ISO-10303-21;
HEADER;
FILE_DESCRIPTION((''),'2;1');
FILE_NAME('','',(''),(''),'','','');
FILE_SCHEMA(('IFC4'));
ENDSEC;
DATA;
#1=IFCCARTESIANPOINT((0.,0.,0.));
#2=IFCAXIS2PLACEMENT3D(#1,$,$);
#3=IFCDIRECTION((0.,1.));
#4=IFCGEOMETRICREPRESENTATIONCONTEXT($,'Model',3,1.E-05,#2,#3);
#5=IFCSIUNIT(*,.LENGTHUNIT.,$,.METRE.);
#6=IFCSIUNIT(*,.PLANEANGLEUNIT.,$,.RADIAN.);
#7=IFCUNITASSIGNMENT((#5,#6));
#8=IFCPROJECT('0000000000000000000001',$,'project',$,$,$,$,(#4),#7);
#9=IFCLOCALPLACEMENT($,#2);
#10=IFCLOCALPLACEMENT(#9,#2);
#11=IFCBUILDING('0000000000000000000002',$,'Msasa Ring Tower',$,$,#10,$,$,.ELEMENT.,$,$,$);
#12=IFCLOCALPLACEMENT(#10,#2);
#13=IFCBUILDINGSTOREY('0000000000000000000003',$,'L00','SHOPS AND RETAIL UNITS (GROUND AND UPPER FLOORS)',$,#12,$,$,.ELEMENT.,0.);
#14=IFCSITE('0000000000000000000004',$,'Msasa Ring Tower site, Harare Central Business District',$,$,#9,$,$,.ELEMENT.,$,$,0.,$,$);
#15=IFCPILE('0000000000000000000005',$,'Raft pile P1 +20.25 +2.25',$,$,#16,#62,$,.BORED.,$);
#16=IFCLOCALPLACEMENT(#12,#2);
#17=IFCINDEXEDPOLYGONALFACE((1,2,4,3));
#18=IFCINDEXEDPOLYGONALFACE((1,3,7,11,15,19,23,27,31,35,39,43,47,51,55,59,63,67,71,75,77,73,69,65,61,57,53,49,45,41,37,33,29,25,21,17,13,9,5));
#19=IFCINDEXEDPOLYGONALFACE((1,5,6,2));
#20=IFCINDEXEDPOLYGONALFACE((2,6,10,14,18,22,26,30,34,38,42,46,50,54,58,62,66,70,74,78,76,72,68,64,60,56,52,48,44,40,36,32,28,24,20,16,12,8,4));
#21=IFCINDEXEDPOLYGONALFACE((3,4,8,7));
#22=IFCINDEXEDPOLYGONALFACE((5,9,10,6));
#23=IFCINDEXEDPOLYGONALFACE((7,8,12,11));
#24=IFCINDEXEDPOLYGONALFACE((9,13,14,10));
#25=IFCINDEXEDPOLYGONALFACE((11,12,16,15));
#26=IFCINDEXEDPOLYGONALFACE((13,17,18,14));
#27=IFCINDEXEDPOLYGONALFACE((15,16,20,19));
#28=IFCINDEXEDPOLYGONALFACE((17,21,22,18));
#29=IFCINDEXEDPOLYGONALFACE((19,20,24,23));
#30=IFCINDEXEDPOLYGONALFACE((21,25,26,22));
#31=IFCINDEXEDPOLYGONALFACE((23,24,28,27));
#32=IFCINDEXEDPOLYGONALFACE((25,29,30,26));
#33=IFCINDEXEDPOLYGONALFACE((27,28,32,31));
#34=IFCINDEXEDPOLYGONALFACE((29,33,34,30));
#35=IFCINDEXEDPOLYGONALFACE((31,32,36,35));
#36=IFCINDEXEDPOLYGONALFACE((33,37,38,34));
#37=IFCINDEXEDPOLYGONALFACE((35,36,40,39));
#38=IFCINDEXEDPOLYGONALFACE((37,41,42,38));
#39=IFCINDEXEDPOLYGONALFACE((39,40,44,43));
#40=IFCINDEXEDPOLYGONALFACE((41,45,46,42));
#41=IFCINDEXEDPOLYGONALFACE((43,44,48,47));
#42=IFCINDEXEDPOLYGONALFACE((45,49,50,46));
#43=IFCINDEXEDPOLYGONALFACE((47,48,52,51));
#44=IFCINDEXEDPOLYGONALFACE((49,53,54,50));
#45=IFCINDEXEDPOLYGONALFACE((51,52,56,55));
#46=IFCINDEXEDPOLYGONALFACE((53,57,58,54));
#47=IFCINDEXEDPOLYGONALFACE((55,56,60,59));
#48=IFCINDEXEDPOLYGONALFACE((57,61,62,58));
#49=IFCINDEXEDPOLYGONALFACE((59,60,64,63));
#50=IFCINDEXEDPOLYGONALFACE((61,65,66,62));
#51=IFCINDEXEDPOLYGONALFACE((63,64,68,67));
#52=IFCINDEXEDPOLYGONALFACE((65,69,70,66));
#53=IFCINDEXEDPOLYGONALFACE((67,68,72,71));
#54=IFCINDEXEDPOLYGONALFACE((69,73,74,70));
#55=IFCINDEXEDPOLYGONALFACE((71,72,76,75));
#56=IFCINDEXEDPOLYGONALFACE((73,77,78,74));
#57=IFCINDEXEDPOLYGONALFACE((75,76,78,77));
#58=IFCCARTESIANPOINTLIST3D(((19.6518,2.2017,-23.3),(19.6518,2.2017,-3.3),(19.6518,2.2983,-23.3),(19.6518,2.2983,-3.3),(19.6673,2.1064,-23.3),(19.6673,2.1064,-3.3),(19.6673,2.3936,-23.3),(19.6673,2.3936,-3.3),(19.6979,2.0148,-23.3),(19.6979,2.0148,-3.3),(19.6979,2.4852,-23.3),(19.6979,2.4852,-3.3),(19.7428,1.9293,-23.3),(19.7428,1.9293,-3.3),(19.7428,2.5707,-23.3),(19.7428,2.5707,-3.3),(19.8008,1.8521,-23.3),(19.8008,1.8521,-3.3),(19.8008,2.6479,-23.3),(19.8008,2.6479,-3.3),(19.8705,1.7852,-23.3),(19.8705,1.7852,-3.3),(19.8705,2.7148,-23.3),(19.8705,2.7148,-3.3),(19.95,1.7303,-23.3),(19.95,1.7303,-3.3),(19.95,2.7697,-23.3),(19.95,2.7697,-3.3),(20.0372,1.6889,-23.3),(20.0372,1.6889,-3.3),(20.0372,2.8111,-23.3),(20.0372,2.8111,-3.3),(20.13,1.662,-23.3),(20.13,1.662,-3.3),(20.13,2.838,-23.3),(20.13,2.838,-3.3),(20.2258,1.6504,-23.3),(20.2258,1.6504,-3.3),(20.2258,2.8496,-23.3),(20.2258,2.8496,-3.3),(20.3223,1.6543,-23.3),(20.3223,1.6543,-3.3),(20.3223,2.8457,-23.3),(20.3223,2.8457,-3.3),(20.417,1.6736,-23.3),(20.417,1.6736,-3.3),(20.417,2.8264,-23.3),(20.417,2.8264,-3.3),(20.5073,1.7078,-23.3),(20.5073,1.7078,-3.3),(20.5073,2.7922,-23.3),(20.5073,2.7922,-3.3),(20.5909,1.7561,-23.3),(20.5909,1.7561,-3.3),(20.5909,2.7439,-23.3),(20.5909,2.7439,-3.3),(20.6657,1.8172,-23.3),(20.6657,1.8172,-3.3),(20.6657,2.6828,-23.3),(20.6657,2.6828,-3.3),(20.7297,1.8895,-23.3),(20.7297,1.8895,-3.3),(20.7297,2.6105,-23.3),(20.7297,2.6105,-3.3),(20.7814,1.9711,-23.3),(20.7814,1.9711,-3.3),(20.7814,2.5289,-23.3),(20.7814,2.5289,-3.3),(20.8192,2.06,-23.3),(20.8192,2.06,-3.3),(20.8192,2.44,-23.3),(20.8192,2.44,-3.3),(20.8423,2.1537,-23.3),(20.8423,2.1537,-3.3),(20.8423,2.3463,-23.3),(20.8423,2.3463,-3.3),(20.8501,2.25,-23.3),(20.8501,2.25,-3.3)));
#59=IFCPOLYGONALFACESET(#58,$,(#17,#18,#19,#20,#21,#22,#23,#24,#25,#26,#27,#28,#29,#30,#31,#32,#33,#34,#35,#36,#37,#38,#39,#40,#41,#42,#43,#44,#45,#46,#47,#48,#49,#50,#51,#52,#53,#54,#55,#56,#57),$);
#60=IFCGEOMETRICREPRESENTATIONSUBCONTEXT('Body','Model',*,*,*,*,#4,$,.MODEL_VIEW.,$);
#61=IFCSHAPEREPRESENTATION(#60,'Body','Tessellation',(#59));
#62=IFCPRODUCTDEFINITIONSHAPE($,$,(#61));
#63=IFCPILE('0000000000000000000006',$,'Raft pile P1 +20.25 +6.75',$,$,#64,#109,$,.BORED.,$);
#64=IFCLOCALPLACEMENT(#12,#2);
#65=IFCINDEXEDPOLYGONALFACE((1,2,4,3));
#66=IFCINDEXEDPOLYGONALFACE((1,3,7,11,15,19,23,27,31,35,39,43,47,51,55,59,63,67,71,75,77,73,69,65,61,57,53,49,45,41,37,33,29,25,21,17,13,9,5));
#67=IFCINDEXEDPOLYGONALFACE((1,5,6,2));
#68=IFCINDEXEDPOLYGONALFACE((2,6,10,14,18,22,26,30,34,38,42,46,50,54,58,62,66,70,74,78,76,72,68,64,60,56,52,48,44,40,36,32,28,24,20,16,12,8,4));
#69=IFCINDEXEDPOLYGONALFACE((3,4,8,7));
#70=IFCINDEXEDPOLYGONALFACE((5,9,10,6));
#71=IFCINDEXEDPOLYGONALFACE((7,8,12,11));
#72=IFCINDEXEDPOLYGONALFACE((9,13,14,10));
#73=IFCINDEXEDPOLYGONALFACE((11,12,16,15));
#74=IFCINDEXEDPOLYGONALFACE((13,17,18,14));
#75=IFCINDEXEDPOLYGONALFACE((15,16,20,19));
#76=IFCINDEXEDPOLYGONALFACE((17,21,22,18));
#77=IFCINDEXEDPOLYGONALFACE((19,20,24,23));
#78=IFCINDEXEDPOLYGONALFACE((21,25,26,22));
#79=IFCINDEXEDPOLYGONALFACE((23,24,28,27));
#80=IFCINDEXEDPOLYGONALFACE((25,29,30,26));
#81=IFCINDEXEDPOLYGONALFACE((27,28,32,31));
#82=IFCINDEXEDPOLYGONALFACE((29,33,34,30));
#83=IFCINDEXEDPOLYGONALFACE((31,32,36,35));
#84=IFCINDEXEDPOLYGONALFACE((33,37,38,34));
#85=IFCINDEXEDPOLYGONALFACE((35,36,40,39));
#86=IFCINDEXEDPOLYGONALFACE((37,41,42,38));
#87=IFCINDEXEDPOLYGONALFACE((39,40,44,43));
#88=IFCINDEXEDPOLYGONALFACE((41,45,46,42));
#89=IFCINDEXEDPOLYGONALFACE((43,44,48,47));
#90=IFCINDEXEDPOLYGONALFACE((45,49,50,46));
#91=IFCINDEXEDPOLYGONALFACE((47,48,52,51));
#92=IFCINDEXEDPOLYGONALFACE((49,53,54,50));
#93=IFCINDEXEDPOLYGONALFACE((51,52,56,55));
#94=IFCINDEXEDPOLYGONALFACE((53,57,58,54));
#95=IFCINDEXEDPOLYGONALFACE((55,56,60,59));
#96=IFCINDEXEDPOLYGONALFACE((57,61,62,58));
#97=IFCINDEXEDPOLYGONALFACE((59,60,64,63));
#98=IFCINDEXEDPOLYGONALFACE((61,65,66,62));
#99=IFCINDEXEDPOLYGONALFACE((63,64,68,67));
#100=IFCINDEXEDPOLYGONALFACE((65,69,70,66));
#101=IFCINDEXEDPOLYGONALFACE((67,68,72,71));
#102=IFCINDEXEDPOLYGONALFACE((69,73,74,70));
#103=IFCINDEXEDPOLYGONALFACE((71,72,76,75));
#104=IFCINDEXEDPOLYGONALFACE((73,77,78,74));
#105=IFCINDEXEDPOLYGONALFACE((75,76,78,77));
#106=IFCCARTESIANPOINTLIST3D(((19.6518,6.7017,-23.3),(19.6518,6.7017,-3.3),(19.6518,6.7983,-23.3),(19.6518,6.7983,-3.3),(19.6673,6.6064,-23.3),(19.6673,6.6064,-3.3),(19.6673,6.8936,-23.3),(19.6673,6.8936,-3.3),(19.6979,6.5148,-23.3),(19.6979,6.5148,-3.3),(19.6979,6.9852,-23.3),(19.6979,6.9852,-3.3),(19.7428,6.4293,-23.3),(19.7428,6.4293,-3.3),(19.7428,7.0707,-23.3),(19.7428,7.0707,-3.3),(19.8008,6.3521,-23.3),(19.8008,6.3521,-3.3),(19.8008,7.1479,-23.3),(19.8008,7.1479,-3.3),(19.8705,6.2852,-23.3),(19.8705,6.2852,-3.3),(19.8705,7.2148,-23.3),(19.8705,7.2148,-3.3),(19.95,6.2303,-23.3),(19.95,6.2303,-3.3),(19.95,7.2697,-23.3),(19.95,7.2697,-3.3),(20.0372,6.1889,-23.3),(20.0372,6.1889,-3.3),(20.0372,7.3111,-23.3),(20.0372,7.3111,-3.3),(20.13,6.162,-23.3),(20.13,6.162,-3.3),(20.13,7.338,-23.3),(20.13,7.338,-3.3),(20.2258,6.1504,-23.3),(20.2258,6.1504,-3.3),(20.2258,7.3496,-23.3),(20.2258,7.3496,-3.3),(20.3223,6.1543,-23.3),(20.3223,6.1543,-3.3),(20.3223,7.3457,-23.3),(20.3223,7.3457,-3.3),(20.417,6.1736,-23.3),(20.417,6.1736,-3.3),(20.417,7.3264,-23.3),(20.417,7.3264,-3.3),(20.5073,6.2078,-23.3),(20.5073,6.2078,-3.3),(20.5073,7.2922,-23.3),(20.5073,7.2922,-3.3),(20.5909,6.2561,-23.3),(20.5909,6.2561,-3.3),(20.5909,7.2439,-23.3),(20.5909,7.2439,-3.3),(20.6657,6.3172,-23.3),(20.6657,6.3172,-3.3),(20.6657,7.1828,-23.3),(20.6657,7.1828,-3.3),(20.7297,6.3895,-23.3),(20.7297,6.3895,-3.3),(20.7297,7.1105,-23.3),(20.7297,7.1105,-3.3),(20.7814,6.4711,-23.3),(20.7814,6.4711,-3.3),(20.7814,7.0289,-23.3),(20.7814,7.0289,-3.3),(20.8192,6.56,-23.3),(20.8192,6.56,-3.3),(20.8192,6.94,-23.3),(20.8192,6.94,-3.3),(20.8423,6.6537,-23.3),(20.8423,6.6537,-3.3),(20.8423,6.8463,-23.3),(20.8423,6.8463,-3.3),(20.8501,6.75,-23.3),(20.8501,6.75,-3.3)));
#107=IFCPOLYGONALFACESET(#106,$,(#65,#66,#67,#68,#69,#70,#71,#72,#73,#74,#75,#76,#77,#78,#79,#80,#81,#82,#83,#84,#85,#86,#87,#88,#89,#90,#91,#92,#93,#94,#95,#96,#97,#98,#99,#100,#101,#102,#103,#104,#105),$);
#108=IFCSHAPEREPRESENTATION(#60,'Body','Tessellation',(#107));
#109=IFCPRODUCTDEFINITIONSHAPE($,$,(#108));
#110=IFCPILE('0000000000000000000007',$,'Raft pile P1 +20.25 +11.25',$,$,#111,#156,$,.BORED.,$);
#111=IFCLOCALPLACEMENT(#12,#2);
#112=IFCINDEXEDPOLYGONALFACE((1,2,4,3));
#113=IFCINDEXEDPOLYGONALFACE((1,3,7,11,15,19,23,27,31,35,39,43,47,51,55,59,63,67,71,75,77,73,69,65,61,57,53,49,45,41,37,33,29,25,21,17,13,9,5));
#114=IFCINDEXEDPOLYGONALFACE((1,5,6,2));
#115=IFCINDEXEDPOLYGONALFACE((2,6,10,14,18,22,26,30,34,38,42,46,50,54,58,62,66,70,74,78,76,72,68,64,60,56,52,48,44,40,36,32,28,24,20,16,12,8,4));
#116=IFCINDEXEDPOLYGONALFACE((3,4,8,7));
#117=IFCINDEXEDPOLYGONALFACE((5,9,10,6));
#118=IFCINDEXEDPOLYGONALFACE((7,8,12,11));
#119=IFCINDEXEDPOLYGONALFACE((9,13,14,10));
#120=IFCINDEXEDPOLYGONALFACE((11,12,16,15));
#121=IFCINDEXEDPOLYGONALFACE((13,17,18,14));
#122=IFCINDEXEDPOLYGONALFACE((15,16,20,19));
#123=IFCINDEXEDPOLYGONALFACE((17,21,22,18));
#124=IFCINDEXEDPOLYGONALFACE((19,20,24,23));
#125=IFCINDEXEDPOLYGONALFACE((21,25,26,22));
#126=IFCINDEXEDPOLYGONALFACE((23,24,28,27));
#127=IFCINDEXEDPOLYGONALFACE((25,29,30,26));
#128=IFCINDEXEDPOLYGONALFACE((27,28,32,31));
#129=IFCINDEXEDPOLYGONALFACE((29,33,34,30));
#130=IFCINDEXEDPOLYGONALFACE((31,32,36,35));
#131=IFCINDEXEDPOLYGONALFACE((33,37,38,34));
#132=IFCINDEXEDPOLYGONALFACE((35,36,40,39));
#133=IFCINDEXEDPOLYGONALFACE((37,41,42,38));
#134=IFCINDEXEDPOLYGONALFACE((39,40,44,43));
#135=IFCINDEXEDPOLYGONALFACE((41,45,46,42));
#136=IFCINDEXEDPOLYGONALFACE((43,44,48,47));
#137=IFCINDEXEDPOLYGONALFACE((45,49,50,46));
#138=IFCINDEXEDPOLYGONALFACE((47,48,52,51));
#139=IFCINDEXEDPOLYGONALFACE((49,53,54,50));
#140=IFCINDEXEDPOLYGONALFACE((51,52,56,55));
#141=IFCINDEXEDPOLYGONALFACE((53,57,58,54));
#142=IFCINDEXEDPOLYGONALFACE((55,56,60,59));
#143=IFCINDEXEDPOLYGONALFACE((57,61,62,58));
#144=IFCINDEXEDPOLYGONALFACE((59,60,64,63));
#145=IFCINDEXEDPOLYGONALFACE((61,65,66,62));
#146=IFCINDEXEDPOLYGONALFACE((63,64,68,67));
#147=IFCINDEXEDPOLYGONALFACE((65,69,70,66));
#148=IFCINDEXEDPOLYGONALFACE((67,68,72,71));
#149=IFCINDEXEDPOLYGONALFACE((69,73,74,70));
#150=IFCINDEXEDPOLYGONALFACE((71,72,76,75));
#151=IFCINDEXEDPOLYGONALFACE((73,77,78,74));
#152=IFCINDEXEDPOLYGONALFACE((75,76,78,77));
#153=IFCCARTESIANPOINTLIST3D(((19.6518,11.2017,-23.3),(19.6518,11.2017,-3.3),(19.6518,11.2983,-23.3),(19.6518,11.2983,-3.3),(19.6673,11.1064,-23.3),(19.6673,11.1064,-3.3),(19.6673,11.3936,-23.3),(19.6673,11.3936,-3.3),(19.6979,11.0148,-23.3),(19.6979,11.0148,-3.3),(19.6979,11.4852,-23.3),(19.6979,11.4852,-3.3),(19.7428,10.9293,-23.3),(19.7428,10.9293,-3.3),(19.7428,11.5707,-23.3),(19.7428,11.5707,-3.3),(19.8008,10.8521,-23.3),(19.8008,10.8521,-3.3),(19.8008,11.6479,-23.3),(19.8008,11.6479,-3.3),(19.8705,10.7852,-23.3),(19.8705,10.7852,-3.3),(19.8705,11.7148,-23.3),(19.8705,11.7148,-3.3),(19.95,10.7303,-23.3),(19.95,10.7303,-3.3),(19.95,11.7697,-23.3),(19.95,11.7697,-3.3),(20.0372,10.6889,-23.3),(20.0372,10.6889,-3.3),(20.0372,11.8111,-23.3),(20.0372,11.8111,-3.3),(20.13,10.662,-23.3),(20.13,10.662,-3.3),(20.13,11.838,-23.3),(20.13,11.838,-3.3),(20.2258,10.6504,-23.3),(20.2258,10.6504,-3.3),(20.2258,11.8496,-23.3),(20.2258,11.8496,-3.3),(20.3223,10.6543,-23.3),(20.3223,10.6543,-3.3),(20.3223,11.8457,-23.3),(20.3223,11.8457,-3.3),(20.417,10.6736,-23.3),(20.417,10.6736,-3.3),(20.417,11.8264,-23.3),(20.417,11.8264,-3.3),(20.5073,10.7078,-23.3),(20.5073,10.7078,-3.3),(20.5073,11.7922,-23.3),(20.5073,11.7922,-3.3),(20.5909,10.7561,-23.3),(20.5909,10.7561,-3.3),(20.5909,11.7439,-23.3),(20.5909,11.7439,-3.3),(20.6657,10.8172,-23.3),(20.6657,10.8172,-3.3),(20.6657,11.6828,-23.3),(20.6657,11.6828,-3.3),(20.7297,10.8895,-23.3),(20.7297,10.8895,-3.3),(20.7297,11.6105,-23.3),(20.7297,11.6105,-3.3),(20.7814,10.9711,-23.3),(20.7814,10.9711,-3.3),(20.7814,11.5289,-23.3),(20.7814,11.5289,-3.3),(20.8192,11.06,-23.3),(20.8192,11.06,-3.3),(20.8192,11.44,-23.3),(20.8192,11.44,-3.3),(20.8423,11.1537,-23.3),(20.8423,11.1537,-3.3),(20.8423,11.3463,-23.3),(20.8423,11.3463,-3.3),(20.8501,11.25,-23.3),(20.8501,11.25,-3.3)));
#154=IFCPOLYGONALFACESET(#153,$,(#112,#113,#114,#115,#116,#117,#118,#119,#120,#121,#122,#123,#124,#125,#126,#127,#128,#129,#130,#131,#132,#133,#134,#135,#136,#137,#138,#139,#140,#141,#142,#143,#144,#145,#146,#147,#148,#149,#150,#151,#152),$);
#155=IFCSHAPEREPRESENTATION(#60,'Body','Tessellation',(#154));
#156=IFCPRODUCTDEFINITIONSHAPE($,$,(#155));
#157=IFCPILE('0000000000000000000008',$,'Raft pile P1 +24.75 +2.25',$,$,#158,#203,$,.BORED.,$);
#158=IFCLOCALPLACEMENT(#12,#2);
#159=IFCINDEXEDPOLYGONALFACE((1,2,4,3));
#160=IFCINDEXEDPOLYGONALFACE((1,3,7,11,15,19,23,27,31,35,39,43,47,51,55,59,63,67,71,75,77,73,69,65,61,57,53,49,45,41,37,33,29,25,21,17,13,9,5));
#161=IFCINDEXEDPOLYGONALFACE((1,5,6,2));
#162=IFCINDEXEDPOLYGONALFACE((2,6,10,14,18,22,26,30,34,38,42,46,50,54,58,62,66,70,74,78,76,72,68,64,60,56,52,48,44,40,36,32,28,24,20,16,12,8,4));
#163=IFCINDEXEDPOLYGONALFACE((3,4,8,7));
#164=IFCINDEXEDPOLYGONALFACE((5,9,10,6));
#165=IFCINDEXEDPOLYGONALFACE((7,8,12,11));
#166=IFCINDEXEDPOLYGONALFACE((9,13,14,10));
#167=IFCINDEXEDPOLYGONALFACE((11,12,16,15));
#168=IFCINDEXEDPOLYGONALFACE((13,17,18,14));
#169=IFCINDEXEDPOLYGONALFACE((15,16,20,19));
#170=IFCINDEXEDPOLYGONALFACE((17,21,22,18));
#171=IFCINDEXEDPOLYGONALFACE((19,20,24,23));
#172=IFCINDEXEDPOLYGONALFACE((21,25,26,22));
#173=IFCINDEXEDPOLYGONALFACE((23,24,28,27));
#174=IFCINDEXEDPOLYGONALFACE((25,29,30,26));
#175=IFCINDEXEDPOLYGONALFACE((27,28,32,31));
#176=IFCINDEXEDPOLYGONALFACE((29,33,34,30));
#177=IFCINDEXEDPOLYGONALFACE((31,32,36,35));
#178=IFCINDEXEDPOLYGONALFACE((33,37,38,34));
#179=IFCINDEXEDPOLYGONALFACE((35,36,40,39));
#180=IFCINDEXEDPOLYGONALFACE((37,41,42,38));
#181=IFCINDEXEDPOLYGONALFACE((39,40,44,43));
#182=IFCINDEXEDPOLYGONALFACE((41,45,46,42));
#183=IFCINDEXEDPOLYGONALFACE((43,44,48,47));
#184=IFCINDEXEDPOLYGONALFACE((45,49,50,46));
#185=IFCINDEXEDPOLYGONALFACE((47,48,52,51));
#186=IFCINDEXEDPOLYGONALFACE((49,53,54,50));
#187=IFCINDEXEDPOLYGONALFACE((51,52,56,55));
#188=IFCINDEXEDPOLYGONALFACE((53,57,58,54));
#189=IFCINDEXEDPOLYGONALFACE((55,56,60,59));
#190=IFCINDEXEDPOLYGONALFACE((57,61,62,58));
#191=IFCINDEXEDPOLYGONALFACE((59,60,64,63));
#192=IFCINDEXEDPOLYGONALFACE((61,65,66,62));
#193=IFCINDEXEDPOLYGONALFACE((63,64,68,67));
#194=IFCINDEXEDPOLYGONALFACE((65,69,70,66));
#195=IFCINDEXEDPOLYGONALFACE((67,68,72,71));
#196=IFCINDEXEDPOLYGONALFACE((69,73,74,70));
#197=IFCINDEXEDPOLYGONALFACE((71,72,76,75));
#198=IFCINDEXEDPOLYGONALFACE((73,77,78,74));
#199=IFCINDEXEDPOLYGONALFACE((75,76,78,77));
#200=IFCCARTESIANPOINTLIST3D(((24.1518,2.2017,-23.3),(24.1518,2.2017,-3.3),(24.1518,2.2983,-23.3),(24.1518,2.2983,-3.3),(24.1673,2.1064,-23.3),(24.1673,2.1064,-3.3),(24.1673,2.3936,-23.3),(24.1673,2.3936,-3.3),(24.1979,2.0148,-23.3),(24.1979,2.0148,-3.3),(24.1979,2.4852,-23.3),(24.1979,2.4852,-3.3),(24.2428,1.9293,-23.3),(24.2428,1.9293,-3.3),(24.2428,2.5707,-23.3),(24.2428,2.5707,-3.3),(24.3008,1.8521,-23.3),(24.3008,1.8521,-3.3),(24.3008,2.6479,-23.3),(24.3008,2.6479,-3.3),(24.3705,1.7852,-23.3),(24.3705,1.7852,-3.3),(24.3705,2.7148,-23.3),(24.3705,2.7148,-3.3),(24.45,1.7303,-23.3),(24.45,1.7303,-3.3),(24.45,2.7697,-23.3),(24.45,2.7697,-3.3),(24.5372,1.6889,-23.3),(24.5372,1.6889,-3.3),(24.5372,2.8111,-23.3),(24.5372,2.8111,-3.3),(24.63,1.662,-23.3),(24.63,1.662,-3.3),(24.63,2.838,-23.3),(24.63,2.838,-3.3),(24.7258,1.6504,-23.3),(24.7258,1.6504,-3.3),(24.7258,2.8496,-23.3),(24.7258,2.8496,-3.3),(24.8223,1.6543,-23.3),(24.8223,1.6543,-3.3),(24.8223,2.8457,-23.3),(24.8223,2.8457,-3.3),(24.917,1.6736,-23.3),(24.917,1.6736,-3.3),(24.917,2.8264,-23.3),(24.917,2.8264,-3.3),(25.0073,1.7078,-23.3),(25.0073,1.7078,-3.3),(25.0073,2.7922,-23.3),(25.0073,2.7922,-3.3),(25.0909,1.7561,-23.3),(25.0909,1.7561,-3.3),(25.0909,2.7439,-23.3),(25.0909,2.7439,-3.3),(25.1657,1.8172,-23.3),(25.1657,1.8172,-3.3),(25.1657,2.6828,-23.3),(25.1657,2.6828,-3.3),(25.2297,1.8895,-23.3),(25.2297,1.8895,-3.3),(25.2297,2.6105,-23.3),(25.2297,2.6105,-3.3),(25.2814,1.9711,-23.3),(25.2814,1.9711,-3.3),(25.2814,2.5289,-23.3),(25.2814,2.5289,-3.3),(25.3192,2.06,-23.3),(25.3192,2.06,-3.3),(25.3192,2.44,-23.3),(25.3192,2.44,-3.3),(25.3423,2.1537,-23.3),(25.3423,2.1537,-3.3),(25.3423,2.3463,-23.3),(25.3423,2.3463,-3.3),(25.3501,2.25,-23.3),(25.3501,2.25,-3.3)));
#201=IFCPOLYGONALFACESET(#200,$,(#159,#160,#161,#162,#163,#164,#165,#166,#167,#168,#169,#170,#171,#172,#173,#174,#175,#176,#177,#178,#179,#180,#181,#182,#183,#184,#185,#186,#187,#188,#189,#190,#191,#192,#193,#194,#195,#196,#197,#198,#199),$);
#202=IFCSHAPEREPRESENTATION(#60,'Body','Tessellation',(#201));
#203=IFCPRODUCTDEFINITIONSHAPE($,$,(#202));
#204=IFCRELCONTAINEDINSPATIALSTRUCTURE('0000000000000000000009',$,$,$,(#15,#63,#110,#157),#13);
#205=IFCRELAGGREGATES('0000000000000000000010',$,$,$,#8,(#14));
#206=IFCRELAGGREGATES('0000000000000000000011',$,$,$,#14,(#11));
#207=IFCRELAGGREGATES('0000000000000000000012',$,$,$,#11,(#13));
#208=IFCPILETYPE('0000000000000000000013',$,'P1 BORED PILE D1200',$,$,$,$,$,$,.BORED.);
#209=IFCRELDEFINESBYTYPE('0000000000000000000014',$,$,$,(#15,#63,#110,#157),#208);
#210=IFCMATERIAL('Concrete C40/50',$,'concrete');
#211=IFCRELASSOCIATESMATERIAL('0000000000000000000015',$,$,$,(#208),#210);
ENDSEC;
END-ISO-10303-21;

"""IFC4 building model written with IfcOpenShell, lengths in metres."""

from ifc_helpers import new_model, si_unit, direction, frame, origin, origin_2d, place, context, subcontext, project, spatial, circle, extrude, material, material_profile, profile_set, type_object, element, save


model = new_model("IFC4")

# Units and contexts
model_context = context("Model", 3, precision=1e-05, world=origin(), true_north=direction((0.0, 1.0)))
body_context = subcontext(model_context, "Body", "Model", "MODEL_VIEW")
ifc_project = project(units=[si_unit("LENGTHUNIT", "METRE"), si_unit("PLANEANGLEUNIT", "RADIAN")], contexts=[model_context])

# Site, building, storey
site_placement = place(None, origin())
site = spatial("IfcSite", under=ifc_project, at=site_placement, Name="Msasa Ring Tower site, Harare Central Business District", CompositionType="ELEMENT", RefElevation=0.0)
building_placement = place(site_placement, origin())
building = spatial("IfcBuilding", under=site, at=building_placement, Name="Msasa Ring Tower", CompositionType="ELEMENT")
storey_placement = place(building_placement, origin())
storey = spatial("IfcBuildingStorey", under=building, at=storey_placement, Name="L00", Description="SHOPS AND RETAIL UNITS (GROUND AND UPPER FLOORS)", CompositionType="ELEMENT", Elevation=0.0)

# Piles
ifc_material_1 = material(Name="Concrete C40/50", Category="concrete")
ifc_material_profile_1 = material_profile(ifc_material_1, circle(Radius=0.6001, at=origin_2d()), Name="D1200")
ifc_profile_set_1 = profile_set([ifc_material_profile_1], Name="Concrete C40/50")
pile_type = type_object("IfcPileType", Name="P1 BORED PILE D1200", PredefinedType="BORED", material=ifc_profile_set_1)
for number, where, z_axis, x_axis, name in (
    (1, (20.25, 2.25, -3.3), (0.0, 0.0, -1.0), (1.0, 0.0, 0.0), "Raft pile P1 +20.25 +2.25"),
    (2, (20.25, 6.75, -3.3), (0.0, 0.0, -1.0), (1.0, 0.0, 0.0), "Raft pile P1 +20.25 +6.75"),
    (3, (20.25, 11.25, -3.3), (0.0, 0.0, -1.0), (1.0, 0.0, 0.0), "Raft pile P1 +20.25 +11.25"),
    (4, (24.75, 2.25, -3.3), (0.0, 0.0, -1.0), (1.0, 0.0, 0.0), "Raft pile P1 +24.75 +2.25"),
):
    element("IfcPile", number, at=place(storey_placement, frame(where, z_axis=z_axis, x_axis=x_axis)), inside=storey, type_object=pile_type, Name=name, PredefinedType="BORED", context=body_context, shape_type="SweptSolid", body=[
        extrude(circle(Radius=0.6001, at=origin_2d()), origin(), (0.0, 0.0, 1.0), 20.0),
    ])

save(model, "model.ifc")
